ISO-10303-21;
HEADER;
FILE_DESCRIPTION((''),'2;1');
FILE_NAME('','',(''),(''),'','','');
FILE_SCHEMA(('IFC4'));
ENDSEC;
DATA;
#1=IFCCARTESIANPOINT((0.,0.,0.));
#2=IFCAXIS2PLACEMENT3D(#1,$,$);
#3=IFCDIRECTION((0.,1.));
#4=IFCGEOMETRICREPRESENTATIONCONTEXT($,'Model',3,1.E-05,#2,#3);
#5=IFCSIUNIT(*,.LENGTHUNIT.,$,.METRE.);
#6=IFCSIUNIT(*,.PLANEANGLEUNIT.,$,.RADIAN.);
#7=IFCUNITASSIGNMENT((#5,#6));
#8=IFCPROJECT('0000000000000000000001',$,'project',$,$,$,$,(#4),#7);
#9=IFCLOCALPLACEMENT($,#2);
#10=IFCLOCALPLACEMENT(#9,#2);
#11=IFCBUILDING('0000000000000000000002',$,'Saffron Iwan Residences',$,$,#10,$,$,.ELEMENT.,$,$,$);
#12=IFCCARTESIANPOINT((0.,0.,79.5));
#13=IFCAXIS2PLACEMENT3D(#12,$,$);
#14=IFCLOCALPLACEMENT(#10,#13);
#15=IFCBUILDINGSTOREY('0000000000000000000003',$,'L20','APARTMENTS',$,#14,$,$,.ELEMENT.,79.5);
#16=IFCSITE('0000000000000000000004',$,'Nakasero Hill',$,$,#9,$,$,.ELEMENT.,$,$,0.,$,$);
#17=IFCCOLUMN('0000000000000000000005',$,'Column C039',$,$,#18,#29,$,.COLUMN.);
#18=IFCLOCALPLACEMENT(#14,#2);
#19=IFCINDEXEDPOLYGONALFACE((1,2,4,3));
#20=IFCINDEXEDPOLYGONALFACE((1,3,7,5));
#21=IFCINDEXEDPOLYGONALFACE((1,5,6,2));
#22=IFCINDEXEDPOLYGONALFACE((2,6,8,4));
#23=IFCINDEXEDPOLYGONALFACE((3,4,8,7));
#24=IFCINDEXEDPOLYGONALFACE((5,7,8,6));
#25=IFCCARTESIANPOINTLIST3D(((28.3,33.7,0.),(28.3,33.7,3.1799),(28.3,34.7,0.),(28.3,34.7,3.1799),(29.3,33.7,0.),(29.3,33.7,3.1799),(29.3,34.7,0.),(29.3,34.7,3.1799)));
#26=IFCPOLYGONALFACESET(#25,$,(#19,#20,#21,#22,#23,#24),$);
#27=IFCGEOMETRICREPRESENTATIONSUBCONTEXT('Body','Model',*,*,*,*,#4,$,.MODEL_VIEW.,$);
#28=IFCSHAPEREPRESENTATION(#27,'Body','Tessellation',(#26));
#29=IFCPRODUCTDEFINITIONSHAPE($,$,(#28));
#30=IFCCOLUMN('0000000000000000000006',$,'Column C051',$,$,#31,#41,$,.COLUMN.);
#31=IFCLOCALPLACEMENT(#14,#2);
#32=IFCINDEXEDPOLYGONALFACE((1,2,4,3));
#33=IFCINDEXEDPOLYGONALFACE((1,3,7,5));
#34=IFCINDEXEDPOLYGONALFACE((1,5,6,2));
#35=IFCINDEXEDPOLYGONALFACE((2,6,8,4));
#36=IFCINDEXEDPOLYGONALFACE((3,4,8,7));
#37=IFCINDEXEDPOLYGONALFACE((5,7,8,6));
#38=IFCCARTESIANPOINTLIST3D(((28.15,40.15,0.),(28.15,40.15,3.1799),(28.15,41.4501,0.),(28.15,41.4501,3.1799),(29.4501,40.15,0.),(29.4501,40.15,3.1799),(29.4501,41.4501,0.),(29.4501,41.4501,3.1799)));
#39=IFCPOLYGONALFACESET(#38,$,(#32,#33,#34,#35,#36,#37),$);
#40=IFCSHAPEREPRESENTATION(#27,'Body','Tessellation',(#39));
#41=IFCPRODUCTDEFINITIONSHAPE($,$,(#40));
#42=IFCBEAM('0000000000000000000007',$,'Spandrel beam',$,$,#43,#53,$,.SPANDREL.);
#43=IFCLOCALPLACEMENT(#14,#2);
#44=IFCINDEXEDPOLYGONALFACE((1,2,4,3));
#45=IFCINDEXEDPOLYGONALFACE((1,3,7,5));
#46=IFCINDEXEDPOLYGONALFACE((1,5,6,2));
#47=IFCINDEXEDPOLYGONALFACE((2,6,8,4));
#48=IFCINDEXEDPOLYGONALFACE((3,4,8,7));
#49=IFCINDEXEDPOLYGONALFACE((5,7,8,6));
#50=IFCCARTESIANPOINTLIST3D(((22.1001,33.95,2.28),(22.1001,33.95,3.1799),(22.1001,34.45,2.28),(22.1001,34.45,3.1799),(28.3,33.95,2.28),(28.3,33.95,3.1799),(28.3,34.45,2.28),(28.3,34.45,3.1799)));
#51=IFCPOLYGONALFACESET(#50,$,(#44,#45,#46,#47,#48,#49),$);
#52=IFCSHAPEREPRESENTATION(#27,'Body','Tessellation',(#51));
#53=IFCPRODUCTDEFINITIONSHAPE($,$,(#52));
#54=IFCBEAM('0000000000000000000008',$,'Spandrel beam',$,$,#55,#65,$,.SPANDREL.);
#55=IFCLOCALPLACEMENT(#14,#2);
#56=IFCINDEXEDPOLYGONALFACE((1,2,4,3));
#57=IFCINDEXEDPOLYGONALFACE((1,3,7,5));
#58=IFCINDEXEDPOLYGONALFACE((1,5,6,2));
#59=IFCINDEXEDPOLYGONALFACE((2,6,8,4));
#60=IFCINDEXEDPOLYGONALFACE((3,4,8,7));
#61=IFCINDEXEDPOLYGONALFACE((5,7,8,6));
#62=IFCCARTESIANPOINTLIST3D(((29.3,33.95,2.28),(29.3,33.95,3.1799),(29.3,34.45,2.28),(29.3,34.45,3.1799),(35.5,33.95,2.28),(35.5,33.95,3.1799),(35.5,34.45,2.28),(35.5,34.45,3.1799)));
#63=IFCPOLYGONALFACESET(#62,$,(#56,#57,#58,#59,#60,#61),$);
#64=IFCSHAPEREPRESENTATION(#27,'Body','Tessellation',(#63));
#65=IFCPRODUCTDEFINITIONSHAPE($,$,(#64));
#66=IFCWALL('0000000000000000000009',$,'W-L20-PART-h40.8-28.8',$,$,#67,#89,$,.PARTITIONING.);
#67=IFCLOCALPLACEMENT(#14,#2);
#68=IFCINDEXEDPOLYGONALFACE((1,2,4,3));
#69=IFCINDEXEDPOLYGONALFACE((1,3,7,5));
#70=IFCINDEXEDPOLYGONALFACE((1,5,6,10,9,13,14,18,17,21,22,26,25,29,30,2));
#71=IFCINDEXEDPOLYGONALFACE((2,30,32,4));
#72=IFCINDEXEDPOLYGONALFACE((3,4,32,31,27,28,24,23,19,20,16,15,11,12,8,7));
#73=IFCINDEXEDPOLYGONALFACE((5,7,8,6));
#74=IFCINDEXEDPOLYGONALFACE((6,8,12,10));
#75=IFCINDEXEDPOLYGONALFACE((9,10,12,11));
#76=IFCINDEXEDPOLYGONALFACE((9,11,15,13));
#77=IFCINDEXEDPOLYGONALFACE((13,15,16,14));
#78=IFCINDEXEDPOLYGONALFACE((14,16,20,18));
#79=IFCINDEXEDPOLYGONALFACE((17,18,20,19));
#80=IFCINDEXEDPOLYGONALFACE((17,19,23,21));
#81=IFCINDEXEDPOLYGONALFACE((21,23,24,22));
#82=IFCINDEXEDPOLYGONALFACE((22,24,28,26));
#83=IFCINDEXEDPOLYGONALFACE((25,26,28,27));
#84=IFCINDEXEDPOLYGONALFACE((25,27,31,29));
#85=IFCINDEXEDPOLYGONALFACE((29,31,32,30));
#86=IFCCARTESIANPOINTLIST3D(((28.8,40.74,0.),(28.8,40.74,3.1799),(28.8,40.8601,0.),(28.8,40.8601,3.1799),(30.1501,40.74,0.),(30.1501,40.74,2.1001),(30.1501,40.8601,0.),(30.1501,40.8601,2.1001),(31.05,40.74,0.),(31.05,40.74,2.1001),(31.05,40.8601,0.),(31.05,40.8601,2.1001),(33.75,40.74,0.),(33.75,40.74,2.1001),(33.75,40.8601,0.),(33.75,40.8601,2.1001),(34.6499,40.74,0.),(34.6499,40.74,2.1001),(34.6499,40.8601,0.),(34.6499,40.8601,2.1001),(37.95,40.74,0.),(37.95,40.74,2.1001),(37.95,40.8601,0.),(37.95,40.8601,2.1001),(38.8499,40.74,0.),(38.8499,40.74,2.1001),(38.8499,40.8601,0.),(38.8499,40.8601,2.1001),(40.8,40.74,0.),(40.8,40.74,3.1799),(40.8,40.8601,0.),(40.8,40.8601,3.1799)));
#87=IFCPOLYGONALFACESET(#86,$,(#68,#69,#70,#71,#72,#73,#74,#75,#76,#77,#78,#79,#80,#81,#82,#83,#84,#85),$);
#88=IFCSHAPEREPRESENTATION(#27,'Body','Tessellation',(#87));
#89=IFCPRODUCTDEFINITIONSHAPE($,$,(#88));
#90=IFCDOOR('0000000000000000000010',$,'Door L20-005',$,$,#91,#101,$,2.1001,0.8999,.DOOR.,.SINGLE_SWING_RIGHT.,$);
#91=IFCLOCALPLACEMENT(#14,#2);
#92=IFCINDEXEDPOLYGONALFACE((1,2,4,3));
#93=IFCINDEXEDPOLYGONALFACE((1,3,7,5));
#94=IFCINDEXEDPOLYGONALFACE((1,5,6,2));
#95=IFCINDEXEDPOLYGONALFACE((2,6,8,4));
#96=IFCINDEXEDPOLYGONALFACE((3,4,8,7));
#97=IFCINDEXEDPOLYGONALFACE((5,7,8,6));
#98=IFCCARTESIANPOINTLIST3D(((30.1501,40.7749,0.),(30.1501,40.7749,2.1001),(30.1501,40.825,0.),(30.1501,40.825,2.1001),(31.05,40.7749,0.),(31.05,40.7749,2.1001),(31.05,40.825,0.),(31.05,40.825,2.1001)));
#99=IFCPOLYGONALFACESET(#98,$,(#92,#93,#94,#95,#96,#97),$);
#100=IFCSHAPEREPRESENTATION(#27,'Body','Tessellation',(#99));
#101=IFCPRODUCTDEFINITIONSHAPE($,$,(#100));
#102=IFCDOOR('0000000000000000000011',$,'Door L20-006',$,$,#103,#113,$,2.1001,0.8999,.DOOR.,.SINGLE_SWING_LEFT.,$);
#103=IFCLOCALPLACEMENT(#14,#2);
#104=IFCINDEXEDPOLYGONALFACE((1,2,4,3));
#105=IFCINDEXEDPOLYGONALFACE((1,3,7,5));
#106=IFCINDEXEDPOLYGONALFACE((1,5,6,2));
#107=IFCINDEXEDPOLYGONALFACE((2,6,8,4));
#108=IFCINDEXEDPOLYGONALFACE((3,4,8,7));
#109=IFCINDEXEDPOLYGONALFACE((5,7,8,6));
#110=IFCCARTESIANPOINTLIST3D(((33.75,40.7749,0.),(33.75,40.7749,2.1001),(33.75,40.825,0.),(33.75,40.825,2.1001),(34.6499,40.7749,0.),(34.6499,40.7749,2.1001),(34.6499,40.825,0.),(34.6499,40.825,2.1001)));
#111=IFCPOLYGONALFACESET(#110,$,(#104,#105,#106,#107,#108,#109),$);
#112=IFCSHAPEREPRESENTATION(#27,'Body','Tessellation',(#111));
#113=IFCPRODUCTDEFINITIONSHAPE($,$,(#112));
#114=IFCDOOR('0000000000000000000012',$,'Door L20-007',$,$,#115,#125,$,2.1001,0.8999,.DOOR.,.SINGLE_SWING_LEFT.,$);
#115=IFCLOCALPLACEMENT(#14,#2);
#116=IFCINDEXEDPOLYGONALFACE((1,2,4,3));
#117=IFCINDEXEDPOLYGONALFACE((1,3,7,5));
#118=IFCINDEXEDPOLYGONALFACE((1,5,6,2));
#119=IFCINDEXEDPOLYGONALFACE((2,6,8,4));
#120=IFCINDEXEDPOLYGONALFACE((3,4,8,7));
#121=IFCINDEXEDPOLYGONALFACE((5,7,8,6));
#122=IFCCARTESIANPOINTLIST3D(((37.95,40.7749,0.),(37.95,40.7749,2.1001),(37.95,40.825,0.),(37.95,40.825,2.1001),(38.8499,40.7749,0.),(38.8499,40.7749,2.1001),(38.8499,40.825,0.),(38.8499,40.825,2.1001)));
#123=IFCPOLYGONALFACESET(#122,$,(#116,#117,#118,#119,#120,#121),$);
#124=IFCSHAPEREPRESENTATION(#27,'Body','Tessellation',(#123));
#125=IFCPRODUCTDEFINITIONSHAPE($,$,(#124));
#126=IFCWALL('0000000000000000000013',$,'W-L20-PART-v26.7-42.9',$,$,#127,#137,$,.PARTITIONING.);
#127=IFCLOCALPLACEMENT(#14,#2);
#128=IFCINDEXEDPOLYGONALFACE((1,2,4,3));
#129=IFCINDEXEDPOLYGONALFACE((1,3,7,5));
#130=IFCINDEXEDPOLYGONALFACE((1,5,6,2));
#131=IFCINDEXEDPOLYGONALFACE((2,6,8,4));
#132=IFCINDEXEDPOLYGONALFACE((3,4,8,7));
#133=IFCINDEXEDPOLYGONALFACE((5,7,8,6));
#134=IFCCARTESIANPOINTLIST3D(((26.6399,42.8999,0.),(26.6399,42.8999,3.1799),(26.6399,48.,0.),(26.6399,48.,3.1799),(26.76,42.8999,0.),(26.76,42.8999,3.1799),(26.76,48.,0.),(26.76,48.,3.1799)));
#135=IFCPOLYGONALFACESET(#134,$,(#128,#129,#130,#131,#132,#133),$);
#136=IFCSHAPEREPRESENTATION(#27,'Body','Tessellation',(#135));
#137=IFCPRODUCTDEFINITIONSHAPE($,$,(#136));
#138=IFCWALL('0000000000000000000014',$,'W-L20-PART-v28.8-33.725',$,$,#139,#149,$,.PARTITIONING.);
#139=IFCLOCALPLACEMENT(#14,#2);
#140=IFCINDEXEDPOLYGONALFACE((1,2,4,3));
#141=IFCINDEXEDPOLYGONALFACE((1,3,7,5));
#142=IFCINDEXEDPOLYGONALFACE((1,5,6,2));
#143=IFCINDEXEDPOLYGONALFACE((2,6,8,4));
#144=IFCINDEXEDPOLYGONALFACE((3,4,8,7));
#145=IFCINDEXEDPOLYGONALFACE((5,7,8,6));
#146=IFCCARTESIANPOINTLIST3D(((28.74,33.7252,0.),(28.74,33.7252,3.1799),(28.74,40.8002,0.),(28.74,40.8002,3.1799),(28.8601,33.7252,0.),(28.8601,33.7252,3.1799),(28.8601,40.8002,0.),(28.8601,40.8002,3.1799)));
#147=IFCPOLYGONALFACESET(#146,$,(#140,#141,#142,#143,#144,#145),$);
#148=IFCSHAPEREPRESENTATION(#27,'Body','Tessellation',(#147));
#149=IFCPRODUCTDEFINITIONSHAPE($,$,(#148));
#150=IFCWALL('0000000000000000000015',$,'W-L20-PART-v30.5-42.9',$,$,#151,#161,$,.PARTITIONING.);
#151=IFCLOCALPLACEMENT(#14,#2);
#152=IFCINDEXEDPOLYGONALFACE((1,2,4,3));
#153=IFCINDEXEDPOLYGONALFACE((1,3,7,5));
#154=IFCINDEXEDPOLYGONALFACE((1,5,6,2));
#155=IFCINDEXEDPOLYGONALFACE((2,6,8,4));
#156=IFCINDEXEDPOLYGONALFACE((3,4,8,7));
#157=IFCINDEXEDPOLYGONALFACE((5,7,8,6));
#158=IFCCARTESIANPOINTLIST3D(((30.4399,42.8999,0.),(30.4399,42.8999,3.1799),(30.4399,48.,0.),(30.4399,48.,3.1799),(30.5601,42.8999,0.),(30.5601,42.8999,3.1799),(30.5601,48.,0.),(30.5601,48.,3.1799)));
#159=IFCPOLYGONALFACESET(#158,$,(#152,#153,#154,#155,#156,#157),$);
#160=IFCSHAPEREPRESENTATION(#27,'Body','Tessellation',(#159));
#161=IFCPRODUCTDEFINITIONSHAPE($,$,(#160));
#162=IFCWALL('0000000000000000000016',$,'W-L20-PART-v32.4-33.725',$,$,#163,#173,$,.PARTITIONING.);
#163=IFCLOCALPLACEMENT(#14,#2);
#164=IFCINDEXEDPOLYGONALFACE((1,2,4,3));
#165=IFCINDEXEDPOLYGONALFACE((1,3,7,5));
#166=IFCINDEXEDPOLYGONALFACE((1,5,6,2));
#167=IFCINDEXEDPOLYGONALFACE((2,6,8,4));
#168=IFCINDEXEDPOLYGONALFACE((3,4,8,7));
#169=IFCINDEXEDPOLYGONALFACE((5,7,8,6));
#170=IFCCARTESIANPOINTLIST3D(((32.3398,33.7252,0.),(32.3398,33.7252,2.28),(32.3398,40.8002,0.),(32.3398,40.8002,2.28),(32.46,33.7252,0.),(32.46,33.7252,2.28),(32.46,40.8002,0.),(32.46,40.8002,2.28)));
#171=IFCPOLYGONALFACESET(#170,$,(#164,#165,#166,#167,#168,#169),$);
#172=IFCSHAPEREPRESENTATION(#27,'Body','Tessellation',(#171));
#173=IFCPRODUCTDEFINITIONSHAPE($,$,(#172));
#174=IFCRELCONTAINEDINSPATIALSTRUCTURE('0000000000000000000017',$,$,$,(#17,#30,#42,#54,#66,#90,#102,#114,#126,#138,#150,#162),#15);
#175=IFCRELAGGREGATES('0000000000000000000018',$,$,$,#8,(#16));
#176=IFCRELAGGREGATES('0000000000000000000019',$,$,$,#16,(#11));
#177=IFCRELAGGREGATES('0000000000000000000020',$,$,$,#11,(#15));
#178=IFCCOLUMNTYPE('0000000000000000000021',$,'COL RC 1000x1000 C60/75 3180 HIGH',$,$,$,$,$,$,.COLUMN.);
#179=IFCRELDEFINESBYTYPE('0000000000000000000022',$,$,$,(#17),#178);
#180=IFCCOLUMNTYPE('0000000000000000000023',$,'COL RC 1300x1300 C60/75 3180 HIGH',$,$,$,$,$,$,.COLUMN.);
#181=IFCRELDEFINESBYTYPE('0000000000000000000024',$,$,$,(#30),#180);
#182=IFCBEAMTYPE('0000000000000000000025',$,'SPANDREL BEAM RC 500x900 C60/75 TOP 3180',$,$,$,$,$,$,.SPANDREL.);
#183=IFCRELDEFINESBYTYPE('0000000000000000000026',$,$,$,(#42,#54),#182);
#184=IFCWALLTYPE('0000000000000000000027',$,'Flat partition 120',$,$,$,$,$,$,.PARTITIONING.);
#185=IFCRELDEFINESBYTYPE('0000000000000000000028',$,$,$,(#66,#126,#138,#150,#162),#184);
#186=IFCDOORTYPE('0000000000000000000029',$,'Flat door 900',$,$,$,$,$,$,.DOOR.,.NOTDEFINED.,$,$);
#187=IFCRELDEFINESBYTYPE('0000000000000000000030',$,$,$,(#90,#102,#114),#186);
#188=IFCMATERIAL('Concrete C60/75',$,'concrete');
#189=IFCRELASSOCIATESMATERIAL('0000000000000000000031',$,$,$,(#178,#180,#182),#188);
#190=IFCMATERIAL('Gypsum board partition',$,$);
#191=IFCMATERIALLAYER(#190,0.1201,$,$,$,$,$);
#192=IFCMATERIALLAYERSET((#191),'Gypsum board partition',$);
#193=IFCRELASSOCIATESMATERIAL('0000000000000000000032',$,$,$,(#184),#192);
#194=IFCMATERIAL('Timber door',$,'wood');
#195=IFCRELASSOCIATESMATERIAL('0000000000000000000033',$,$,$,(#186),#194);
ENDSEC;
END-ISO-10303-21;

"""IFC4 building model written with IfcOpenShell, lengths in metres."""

from ifc_helpers import new_model, si_unit, direction, frame, frame_2d, origin, origin_2d, place, context, subcontext, project, spatial, rectangle, extrude, source, transform, mapped, material, layer, layer_set, material_profile, profile_set, type_object, element, fill, save


model = new_model("IFC4")

# Units and contexts
model_context = context("Model", 3, precision=1e-05, world=origin(), true_north=direction((0.0, 1.0)))
body_context = subcontext(model_context, "Body", "Model", "MODEL_VIEW")
ifc_project = project(units=[si_unit("LENGTHUNIT", "METRE"), si_unit("PLANEANGLEUNIT", "RADIAN")], contexts=[model_context])

# Site, building, storey
site_placement = place(None, origin())
site = spatial("IfcSite", under=ifc_project, at=site_placement, Name="Nakasero Hill", CompositionType="ELEMENT", RefElevation=0.0)
building_placement = place(site_placement, origin())
building = spatial("IfcBuilding", under=site, at=building_placement, Name="Saffron Iwan Residences", CompositionType="ELEMENT")
storey_placement = place(building_placement, frame((0.0, 0.0, 79.5)))
storey = spatial("IfcBuildingStorey", under=building, at=storey_placement, Name="L20", Description="APARTMENTS", CompositionType="ELEMENT", Elevation=79.5)

# Columns
ifc_material_1 = material(Name="Concrete C60/75", Category="concrete")
ifc_material_profile_1 = material_profile(ifc_material_1, rectangle(XDim=1.0, YDim=1.0, at=origin_2d()), Name="RC 1000x1000")
ifc_profile_set_1 = profile_set([ifc_material_profile_1], Name="Concrete C60/75")
column_type_1 = type_object("IfcColumnType", Name="COL RC 1000x1000 C60/75 3180 HIGH", PredefinedType="COLUMN", material=ifc_profile_set_1)
shared_shape_1 = source(origin(), body_context, "Body", "SweptSolid", [
    extrude(rectangle(XDim=1.0, YDim=1.0, at=origin_2d()), origin(), (0.0, 0.0, 1.0), 3.1799),
])
column_1_placement = place(storey_placement, frame((28.8, 34.2, 0.0), z_axis=(0.0, 0.0, 1.0), x_axis=(1.0, 0.0, 0.0)))
element("IfcColumn", 1, at=column_1_placement, inside=storey, type_object=column_type_1, Name="Column C039", PredefinedType="COLUMN", context=body_context, shape_type="MappedRepresentation", body=[
    mapped(shared_shape_1, transform((0.0, 0.0, 0.0))),
])
ifc_material_profile_2 = material_profile(ifc_material_1, rectangle(XDim=1.3, YDim=1.3, at=origin_2d()), Name="RC 1300x1300")
ifc_profile_set_2 = profile_set([ifc_material_profile_2], Name="Concrete C60/75")
column_type_2 = type_object("IfcColumnType", Name="COL RC 1300x1300 C60/75 3180 HIGH", PredefinedType="COLUMN", material=ifc_profile_set_2)
shared_shape_2 = source(origin(), body_context, "Body", "SweptSolid", [
    extrude(rectangle(XDim=1.3, YDim=1.3, at=origin_2d()), origin(), (0.0, 0.0, 1.0), 3.1799),
])
column_2_placement = place(storey_placement, frame((28.8, 40.8, 0.0), z_axis=(0.0, 0.0, 1.0), x_axis=(1.0, 0.0, 0.0)))
element("IfcColumn", 2, at=column_2_placement, inside=storey, type_object=column_type_2, Name="Column C051", PredefinedType="COLUMN", context=body_context, shape_type="MappedRepresentation", body=[
    mapped(shared_shape_2, transform((0.0, 0.0, 0.0))),
])

# Beams
ifc_material_profile_3 = material_profile(ifc_material_1, rectangle(XDim=0.5, YDim=0.8999, at=origin_2d()), Name="RC 500x900")
ifc_profile_set_3 = profile_set([ifc_material_profile_3], Name="Concrete C60/75")
beam_type = type_object("IfcBeamType", Name="SPANDREL BEAM RC 500x900 C60/75 TOP 3180", PredefinedType="SPANDREL", material=ifc_profile_set_3)
shared_shape_3 = source(origin(), body_context, "Body", "SweptSolid", [
    extrude(rectangle(XDim=0.5, YDim=0.8999, at=origin_2d()), origin(), (0.0, 0.0, 1.0), 6.2),
])
for number, where, z_axis, x_axis, name in (
    (3, (28.3, 34.2, 2.73), (-1.0, 0.0, 0.0), (0.0, -1.0, 0.0), "Spandrel beam"),
    (4, (35.5, 34.2, 2.73), (-1.0, 0.0, 0.0), (0.0, -1.0, 0.0), "Spandrel beam"),
):
    element("IfcBeam", number, at=place(storey_placement, frame(where, z_axis=z_axis, x_axis=x_axis)), inside=storey, type_object=beam_type, Name=name, PredefinedType="SPANDREL", context=body_context, shape_type="MappedRepresentation", body=[
        mapped(shared_shape_3, transform((0.0, 0.0, 0.0))),
    ])

# Wall, openings, doors
ifc_material_2 = material(Name="Gypsum board partition")
ifc_layer_1 = layer(ifc_material_2, 0.1201)
ifc_layer_set_1 = layer_set([ifc_layer_1], Name="Gypsum board partition")
wall_type_1 = type_object("IfcWallType", Name="Flat partition 120", PredefinedType="PARTITIONING", material=ifc_layer_set_1)
wall_1_placement = place(storey_placement, frame((28.8, 40.8, 0.0), z_axis=(0.0, 0.0, 1.0), x_axis=(1.0, 0.0, 0.0)))
wall_1 = element("IfcWall", 5, at=wall_1_placement, inside=storey, type_object=wall_type_1, Name="W-L20-PART-h40.8-28.8", PredefinedType="PARTITIONING", context=body_context, shape_type="SweptSolid", body=[
    extrude(rectangle(XDim=12.0, YDim=0.1201, at=frame_2d((6.0, 0.0))), origin(), (0.0, 0.0, 1.0), 3.1799),
])
opening_1_placement = place(wall_1_placement, frame((1.3501, 0.0, 0.0)))
opening_1 = element("IfcOpeningElement", 6, at=opening_1_placement, cuts=wall_1, PredefinedType="OPENING", context=body_context, shape_type="SweptSolid", body=[
    extrude(rectangle(XDim=0.8999, YDim=2.1001, at=frame_2d((0.45, 1.05))), frame((0.0, 0.0701, 0.0), z_axis=(0.0, -1.0, 0.0), x_axis=(1.0, 0.0, 0.0)), (0.0, 0.0, 1.0), 0.1401),
])
opening_2_placement = place(wall_1_placement, frame((4.95, 0.0, 0.0)))
opening_2 = element("IfcOpeningElement", 7, at=opening_2_placement, cuts=wall_1, PredefinedType="OPENING", context=body_context, shape_type="SweptSolid", body=[
    extrude(rectangle(XDim=0.8999, YDim=2.1001, at=frame_2d((0.45, 1.05))), frame((0.0, 0.0701, 0.0), z_axis=(0.0, -1.0, 0.0), x_axis=(1.0, 0.0, 0.0)), (0.0, 0.0, 1.0), 0.1401),
])
opening_3_placement = place(wall_1_placement, frame((9.1499, 0.0, 0.0)))
opening_3 = element("IfcOpeningElement", 8, at=opening_3_placement, cuts=wall_1, PredefinedType="OPENING", context=body_context, shape_type="SweptSolid", body=[
    extrude(rectangle(XDim=0.8999, YDim=2.1001, at=frame_2d((0.45, 1.05))), frame((0.0, 0.0701, 0.0), z_axis=(0.0, -1.0, 0.0), x_axis=(1.0, 0.0, 0.0)), (0.0, 0.0, 1.0), 0.1401),
])
ifc_material_3 = material(Name="Timber door", Category="wood")
door_type_1 = type_object("IfcDoorType", Name="Flat door 900", OperationType="NOTDEFINED", PredefinedType="DOOR", material=ifc_material_3)
door_1_placement = place(opening_1_placement, origin())
door_1 = element("IfcDoor", 9, at=door_1_placement, inside=storey, type_object=door_type_1, Name="Door L20-005", OperationType="SINGLE_SWING_RIGHT", OverallHeight=2.1001, OverallWidth=0.8999, PredefinedType="DOOR", context=body_context, shape_type="SweptSolid", body=[
    extrude(rectangle(XDim=0.8999, YDim=2.1001, at=frame_2d((0.45, 1.05))), frame((0.0, 0.0249, 0.0), z_axis=(0.0, -1.0, 0.0), x_axis=(1.0, 0.0, 0.0)), (0.0, 0.0, 1.0), 0.05),
])
fill(opening_1, door_1)
door_2_placement = place(opening_2_placement, origin())
door_2 = element("IfcDoor", 10, at=door_2_placement, inside=storey, type_object=door_type_1, Name="Door L20-006", OperationType="SINGLE_SWING_LEFT", OverallHeight=2.1001, OverallWidth=0.8999, PredefinedType="DOOR", context=body_context, shape_type="SweptSolid", body=[
    extrude(rectangle(XDim=0.8999, YDim=2.1001, at=frame_2d((0.45, 1.05))), frame((0.0, 0.0249, 0.0), z_axis=(0.0, -1.0, 0.0), x_axis=(1.0, 0.0, 0.0)), (0.0, 0.0, 1.0), 0.05),
])
fill(opening_2, door_2)
door_3_placement = place(opening_3_placement, origin())
door_3 = element("IfcDoor", 11, at=door_3_placement, inside=storey, type_object=door_type_1, Name="Door L20-007", OperationType="SINGLE_SWING_LEFT", OverallHeight=2.1001, OverallWidth=0.8999, PredefinedType="DOOR", context=body_context, shape_type="SweptSolid", body=[
    extrude(rectangle(XDim=0.8999, YDim=2.1001, at=frame_2d((0.45, 1.05))), frame((0.0, 0.0249, 0.0), z_axis=(0.0, -1.0, 0.0), x_axis=(1.0, 0.0, 0.0)), (0.0, 0.0, 1.0), 0.05),
])
fill(opening_3, door_3)

# Walls
wall_2_placement = place(storey_placement, frame((26.7, 42.8999, 0.0), z_axis=(0.0, 0.0, 1.0), x_axis=(0.0, 1.0, 0.0)))
element("IfcWall", 12, at=wall_2_placement, inside=storey, type_object=wall_type_1, Name="W-L20-PART-v26.7-42.9", PredefinedType="PARTITIONING", context=body_context, shape_type="SweptSolid", body=[
    extrude(rectangle(XDim=5.1001, YDim=0.1201, at=frame_2d((2.55, 0.0))), origin(), (0.0, 0.0, 1.0), 3.1799),
])
wall_3_placement = place(storey_placement, frame((28.8, 33.7251, 0.0), z_axis=(0.0, 0.0, 1.0), x_axis=(0.0, 1.0, 0.0)))
element("IfcWall", 13, at=wall_3_placement, inside=storey, type_object=wall_type_1, Name="W-L20-PART-v28.8-33.725", PredefinedType="PARTITIONING", context=body_context, shape_type="SweptSolid", body=[
    extrude(rectangle(XDim=7.075, YDim=0.1201, at=frame_2d((3.5376, 0.0))), origin(), (0.0, 0.0, 1.0), 3.1799),
])
wall_4_placement = place(storey_placement, frame((30.5, 42.8999, 0.0), z_axis=(0.0, 0.0, 1.0), x_axis=(0.0, 1.0, 0.0)))
element("IfcWall", 14, at=wall_4_placement, inside=storey, type_object=wall_type_1, Name="W-L20-PART-v30.5-42.9", PredefinedType="PARTITIONING", context=body_context, shape_type="SweptSolid", body=[
    extrude(rectangle(XDim=5.1001, YDim=0.1201, at=frame_2d((2.55, 0.0))), origin(), (0.0, 0.0, 1.0), 3.1799),
])
wall_5_placement = place(storey_placement, frame((32.3999, 33.7251, 0.0), z_axis=(0.0, 0.0, 1.0), x_axis=(0.0, 1.0, 0.0)))
element("IfcWall", 15, at=wall_5_placement, inside=storey, type_object=wall_type_1, Name="W-L20-PART-v32.4-33.725", PredefinedType="PARTITIONING", context=body_context, shape_type="SweptSolid", body=[
    extrude(rectangle(XDim=7.075, YDim=0.1201, at=frame_2d((3.5376, 0.0))), origin(), (0.0, 0.0, 1.0), 2.28),
])

save(model, "model.ifc")
